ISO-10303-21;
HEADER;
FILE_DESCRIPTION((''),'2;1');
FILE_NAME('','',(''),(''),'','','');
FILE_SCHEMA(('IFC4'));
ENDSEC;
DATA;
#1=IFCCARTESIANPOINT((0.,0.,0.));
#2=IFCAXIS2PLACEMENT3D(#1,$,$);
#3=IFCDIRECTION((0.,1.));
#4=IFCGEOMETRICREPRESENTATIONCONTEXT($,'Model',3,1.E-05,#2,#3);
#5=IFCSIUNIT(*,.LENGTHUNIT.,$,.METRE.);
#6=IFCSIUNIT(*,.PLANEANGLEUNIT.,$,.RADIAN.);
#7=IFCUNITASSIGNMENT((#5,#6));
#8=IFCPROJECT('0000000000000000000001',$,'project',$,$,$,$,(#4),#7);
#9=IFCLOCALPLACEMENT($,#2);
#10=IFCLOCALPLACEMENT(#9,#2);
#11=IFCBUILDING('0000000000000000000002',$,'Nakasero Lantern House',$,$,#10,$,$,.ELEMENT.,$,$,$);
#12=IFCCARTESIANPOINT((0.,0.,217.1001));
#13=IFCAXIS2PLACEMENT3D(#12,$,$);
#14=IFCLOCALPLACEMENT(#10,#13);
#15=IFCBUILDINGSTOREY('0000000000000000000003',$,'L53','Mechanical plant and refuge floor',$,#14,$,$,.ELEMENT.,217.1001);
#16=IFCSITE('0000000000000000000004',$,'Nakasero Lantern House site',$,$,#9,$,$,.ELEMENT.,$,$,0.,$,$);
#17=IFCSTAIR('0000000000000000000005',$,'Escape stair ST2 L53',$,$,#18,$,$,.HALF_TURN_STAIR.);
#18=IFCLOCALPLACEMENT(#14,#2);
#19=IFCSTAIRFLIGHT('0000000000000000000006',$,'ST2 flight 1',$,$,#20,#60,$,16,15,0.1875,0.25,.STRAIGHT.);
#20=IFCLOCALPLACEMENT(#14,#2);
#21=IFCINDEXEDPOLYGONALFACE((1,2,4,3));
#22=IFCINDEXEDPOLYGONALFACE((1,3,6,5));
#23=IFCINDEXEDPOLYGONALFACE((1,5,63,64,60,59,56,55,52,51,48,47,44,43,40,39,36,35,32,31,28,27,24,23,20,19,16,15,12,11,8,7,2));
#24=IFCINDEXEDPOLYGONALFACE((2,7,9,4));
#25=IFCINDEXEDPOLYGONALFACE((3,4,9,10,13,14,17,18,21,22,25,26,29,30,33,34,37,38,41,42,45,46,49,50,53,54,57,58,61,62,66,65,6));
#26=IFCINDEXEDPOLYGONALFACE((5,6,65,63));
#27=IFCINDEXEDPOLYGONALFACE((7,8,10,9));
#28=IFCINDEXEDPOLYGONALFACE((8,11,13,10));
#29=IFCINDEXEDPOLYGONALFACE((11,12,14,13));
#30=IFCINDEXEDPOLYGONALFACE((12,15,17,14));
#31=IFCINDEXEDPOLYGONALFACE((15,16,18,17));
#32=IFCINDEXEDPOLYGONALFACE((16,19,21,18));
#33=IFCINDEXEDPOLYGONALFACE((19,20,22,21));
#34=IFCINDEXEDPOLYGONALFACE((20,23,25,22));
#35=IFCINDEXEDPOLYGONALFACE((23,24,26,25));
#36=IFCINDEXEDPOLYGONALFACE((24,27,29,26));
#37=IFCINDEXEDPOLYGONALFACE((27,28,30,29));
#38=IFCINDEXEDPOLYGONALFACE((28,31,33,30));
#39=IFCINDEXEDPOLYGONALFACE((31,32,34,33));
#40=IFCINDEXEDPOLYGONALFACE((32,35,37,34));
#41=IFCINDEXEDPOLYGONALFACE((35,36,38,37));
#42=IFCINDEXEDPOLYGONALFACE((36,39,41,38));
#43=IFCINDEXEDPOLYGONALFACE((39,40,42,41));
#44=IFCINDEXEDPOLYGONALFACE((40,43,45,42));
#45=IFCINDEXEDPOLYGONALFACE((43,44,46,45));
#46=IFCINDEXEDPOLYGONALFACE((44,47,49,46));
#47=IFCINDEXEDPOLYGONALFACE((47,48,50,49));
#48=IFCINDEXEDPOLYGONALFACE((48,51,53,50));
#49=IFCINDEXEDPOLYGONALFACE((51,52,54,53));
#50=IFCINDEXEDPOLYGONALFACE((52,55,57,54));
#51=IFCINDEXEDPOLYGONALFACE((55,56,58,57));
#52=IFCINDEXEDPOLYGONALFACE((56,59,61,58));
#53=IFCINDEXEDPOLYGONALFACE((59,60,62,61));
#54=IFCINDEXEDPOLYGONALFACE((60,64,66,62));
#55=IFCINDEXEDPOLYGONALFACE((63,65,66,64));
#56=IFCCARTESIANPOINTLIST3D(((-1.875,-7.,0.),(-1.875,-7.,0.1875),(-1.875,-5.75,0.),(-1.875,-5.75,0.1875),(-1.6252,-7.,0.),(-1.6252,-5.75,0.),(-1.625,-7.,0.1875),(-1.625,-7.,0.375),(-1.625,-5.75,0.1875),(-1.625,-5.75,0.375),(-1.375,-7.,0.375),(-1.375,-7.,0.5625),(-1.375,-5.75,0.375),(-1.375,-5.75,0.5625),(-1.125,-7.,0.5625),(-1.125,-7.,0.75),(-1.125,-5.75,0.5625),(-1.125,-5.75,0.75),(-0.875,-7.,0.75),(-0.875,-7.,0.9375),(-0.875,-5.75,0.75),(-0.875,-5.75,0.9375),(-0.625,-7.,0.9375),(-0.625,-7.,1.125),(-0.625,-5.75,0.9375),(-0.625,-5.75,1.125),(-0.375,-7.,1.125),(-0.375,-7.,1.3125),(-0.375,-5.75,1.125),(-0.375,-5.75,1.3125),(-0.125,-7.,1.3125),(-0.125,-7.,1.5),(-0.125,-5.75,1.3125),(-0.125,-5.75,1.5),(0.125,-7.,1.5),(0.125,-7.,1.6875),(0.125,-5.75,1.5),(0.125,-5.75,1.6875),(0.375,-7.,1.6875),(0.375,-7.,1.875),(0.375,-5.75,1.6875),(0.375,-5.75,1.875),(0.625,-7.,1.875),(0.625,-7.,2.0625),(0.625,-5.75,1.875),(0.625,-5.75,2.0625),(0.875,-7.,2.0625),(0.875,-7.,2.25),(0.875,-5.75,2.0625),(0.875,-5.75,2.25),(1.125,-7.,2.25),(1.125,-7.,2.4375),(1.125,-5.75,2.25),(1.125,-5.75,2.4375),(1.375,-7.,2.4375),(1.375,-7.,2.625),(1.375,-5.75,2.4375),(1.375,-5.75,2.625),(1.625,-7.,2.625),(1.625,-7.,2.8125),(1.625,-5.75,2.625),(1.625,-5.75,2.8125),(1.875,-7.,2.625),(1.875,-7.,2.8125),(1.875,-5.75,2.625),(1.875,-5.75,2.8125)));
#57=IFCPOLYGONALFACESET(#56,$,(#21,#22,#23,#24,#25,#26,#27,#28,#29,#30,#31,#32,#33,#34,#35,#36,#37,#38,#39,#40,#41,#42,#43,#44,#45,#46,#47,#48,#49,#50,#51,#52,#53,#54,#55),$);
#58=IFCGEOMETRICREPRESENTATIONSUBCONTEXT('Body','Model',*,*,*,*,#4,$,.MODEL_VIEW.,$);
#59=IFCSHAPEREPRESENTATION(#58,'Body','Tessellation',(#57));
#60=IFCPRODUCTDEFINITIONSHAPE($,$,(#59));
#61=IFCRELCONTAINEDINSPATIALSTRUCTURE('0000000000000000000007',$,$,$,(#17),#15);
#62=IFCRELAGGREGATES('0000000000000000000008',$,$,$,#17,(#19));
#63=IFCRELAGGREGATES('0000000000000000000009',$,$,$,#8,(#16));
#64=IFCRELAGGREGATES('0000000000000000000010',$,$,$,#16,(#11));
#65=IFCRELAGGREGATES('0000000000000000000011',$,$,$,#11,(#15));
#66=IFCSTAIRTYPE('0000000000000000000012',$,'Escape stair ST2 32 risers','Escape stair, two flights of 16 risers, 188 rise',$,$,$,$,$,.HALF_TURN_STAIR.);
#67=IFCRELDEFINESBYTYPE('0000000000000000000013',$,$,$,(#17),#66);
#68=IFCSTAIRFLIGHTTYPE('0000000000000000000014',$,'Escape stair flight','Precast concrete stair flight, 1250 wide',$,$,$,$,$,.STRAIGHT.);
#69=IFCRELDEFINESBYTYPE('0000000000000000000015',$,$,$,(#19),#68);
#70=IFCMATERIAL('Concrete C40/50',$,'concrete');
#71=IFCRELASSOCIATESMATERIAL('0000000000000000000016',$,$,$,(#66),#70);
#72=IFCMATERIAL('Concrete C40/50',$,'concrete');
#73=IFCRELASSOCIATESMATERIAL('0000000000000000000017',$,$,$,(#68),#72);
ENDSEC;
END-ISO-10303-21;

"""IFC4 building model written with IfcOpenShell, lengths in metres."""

from ifc_helpers import new_model, si_unit, direction, frame, origin, place, context, subcontext, project, spatial, polyline, outline, extrude, material, type_object, element, aggregate, save


model = new_model("IFC4")

# Units and contexts
model_context = context("Model", 3, precision=1e-05, world=origin(), true_north=direction((0.0, 1.0)))
body_context = subcontext(model_context, "Body", "Model", "MODEL_VIEW")
ifc_project = project(units=[si_unit("LENGTHUNIT", "METRE"), si_unit("PLANEANGLEUNIT", "RADIAN")], contexts=[model_context])

# Site, building, storey
site_placement = place(None, origin())
site = spatial("IfcSite", under=ifc_project, at=site_placement, Name="Nakasero Lantern House site", CompositionType="ELEMENT", RefElevation=0.0)
building_placement = place(site_placement, origin())
building = spatial("IfcBuilding", under=site, at=building_placement, Name="Nakasero Lantern House", CompositionType="ELEMENT")
storey_placement = place(building_placement, frame((0.0, 0.0, 217.1001)))
storey = spatial("IfcBuildingStorey", under=building, at=storey_placement, Name="L53", Description="Mechanical plant and refuge floor", CompositionType="ELEMENT", Elevation=217.1001)

# Stair, stair flight
ifc_material_1 = material(Name="Concrete C40/50", Category="concrete")
stair_type = type_object("IfcStairType", Name="Escape stair ST2 32 risers", Description="Escape stair, two flights of 16 risers, 188 rise", PredefinedType="HALF_TURN_STAIR", material=ifc_material_1)
stair_placement = place(storey_placement, origin())
stair = element("IfcStair", 1, at=stair_placement, inside=storey, type_object=stair_type, Name="Escape stair ST2 L53", PredefinedType="HALF_TURN_STAIR")
ifc_material_2 = material(Name="Concrete C40/50", Category="concrete")
stair_flight_type = type_object("IfcStairFlightType", Name="Escape stair flight", Description="Precast concrete stair flight, 1250 wide", PredefinedType="STRAIGHT", material=ifc_material_2)
stair_flight_placement = place(storey_placement, frame((-1.875, -6.375, 0.0), z_axis=(0.0, 0.0, 1.0), x_axis=(1.0, 0.0, 0.0)))
stair_flight = element("IfcStairFlight", 2, at=stair_flight_placement, type_object=stair_flight_type, Name="ST2 flight 1", NumberOfRisers=16, NumberOfTreads=15, PredefinedType="STRAIGHT", RiserHeight=0.1875, TreadLength=0.25, context=body_context, shape_type="SweptSolid", body=[
    extrude(outline(polyline([(0.0, 0.0), (0.0, 0.1875), (0.25, 0.1875), (0.25, 0.375), (0.5, 0.375), (0.5, 0.5625), (0.75, 0.5625), (0.75, 0.75), (1.0, 0.75), (1.0, 0.9375), (1.25, 0.9375), (1.25, 1.125), (1.5, 1.125), (1.5, 1.3125), (1.75, 1.3125), (1.75, 1.5), (2.0, 1.5), (2.0, 1.6875), (2.25, 1.6875), (2.25, 1.875), (2.5, 1.875), (2.5, 2.0625), (2.75, 2.0625), (2.75, 2.25), (3.0, 2.25), (3.0, 2.4375), (3.25, 2.4375), (3.25, 2.625), (3.5, 2.625), (3.5, 2.8125), (3.75, 2.8125), (3.75, 3.0), (3.75, 2.625), (0.2498, 0.0), (0.0, 0.0)])), frame((0.0, 0.625, 0.0), z_axis=(0.0, -1.0, 0.0), x_axis=(1.0, 0.0, 0.0)), (0.0, 0.0, 1.0), 1.25),
])
aggregate(stair, [stair_flight])

save(model, "model.ifc")
